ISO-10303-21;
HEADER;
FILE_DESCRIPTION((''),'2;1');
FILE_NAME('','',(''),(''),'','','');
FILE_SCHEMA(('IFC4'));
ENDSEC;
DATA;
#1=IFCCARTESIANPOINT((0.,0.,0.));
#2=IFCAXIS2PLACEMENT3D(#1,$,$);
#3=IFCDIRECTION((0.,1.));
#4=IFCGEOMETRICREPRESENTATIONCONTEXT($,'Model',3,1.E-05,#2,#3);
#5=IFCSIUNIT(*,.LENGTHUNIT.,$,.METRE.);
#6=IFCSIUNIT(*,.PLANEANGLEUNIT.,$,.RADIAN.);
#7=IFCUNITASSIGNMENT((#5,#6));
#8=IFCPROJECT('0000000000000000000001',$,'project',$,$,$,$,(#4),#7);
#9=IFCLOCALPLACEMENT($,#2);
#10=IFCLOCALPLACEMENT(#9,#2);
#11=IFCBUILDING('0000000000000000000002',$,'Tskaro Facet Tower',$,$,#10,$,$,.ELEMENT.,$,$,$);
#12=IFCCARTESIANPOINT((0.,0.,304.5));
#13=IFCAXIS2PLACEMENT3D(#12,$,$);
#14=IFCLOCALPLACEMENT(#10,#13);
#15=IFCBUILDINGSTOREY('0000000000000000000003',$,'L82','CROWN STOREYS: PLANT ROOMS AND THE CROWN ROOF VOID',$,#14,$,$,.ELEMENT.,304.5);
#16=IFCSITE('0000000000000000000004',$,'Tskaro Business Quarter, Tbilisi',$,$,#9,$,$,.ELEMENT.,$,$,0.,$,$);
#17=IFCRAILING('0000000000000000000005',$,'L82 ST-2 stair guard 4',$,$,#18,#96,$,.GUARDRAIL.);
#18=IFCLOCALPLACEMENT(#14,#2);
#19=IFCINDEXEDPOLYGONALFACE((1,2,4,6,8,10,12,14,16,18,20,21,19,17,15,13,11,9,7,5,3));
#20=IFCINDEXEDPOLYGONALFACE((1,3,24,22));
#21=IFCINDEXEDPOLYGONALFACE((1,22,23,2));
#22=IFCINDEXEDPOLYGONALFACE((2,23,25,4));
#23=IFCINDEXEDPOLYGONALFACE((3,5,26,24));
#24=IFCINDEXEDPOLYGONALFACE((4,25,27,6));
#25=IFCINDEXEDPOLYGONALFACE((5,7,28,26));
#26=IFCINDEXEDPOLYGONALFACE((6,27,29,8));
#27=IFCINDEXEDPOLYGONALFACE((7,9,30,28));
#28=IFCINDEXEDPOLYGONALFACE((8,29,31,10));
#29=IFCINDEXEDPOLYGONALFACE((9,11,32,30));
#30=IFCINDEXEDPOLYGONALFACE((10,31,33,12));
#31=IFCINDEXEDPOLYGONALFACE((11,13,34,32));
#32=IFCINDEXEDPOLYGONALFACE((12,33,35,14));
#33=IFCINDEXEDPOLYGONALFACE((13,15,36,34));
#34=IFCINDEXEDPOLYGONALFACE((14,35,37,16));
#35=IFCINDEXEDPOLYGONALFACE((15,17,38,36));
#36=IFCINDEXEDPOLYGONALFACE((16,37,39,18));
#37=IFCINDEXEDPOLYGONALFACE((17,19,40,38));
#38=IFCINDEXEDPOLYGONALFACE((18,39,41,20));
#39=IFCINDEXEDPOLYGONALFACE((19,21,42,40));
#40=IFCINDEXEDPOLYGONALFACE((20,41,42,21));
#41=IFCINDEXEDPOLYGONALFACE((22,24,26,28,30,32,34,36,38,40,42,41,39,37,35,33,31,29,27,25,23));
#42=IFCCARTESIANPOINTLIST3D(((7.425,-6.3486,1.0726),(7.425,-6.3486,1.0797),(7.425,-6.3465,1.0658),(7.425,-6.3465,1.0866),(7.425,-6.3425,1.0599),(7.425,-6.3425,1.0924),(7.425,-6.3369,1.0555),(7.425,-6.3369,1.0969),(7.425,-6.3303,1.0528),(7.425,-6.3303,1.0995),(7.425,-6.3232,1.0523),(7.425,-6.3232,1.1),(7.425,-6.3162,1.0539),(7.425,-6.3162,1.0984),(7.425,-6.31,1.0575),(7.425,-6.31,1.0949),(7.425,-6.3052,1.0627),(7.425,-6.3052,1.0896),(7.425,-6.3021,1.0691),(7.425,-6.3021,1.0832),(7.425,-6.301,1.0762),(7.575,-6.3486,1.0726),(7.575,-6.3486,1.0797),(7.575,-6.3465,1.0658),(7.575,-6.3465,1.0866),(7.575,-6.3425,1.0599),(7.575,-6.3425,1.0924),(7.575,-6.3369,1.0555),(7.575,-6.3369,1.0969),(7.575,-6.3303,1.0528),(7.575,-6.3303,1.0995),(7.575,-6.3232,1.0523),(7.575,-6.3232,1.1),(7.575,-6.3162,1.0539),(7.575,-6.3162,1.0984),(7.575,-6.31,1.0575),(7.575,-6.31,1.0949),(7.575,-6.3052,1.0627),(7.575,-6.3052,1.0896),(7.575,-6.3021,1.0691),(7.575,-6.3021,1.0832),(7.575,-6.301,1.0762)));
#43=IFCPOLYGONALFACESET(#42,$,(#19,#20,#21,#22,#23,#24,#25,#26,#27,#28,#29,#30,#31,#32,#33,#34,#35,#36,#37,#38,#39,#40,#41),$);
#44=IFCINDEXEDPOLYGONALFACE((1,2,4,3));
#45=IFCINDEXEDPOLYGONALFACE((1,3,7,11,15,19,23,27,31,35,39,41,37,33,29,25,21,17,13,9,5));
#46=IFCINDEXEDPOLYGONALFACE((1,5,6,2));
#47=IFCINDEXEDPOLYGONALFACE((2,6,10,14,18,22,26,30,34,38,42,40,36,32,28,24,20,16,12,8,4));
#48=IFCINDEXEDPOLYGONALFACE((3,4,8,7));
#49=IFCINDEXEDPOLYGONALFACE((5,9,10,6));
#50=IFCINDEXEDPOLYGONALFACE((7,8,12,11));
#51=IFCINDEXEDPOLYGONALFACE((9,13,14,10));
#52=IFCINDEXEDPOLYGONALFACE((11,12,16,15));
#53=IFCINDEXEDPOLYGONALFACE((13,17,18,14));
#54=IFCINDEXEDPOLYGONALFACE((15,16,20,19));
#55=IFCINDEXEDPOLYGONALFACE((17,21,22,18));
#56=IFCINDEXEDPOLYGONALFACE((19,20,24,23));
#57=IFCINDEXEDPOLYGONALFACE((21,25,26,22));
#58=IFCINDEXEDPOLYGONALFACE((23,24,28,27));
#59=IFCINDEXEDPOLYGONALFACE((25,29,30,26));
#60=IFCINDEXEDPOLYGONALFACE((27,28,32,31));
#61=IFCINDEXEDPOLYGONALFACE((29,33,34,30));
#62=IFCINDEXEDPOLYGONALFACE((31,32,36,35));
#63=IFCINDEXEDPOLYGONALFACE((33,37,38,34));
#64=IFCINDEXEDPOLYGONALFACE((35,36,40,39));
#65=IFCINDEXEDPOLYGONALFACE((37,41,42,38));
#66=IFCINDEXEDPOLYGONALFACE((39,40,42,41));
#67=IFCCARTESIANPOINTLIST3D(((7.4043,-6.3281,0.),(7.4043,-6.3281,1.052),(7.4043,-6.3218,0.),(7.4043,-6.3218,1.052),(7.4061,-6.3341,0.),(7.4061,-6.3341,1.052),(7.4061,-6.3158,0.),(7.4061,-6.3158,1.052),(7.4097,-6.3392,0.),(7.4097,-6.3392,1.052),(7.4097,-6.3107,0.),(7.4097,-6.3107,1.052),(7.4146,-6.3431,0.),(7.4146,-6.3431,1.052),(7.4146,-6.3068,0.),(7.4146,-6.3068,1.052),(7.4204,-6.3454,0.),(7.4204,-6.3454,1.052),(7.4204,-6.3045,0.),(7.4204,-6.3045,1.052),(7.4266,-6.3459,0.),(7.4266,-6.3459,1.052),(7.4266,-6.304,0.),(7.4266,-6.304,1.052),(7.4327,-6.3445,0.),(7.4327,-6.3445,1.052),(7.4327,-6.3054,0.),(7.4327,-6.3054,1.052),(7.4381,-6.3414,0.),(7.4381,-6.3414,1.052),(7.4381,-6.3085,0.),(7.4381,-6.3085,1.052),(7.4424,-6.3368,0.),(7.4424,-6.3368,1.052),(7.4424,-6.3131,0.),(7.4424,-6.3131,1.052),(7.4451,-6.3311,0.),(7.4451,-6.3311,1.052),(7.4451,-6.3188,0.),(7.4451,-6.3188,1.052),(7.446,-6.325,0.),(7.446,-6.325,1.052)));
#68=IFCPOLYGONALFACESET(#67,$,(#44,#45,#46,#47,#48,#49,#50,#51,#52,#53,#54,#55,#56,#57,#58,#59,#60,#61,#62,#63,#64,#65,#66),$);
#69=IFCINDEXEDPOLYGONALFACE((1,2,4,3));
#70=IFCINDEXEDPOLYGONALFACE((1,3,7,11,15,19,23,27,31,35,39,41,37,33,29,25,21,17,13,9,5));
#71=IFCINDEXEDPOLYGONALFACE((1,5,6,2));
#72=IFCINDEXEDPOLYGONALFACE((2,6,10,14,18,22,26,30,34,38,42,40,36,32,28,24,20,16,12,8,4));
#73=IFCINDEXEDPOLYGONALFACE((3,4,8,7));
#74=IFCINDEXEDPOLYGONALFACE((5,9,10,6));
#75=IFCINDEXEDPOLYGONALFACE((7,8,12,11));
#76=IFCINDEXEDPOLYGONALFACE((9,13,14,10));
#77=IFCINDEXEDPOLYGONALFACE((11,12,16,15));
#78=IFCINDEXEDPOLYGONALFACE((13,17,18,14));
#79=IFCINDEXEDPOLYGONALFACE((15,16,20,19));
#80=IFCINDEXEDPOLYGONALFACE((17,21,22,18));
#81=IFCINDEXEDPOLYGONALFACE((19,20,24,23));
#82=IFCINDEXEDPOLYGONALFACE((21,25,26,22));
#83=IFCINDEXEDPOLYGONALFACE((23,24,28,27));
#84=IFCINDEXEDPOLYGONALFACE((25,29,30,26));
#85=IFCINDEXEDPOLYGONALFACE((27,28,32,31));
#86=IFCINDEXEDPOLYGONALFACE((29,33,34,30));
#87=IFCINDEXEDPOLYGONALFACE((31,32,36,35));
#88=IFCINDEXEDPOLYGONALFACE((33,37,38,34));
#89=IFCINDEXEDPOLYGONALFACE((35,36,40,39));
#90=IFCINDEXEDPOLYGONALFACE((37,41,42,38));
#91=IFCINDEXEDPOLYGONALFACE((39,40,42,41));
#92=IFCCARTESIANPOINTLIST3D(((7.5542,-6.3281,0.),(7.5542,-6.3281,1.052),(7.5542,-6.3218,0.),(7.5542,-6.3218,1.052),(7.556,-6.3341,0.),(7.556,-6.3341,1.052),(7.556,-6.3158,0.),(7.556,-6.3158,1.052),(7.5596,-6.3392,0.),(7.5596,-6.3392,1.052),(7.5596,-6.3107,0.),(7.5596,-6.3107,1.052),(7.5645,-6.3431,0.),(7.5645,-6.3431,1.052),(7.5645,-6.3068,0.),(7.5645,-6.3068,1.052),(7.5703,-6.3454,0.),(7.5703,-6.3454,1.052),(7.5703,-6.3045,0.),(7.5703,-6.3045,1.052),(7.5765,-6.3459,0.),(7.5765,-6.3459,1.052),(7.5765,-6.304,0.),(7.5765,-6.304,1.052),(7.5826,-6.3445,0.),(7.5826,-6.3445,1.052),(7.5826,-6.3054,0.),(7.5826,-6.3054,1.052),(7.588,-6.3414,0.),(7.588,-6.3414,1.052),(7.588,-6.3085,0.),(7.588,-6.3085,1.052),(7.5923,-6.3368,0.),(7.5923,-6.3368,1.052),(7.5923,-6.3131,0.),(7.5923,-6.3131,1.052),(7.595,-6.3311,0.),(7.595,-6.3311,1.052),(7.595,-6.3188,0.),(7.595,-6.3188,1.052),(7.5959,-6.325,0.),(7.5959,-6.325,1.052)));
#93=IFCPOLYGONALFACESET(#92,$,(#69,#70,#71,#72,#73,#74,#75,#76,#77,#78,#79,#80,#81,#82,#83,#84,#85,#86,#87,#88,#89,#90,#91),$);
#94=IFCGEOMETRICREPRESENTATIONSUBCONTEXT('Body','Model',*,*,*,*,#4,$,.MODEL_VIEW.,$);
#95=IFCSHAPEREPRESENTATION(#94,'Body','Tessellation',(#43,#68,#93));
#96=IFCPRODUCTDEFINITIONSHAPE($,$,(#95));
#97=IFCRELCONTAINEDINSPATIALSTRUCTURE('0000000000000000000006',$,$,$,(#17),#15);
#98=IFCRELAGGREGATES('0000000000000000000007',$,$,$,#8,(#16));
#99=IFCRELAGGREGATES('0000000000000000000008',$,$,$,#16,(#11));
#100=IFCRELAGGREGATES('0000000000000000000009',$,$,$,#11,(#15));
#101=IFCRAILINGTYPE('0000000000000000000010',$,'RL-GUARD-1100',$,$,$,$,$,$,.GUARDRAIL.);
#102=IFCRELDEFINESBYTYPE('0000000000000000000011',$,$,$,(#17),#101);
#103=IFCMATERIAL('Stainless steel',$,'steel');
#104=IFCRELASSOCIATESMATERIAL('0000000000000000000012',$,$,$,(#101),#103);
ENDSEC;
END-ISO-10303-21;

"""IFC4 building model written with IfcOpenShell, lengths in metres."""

from ifc_helpers import new_model, si_unit, direction, frame, origin, origin_2d, place, context, subcontext, project, spatial, circle, extrude, material, type_object, element, save


model = new_model("IFC4")

# Units and contexts
model_context = context("Model", 3, precision=1e-05, world=origin(), true_north=direction((0.0, 1.0)))
body_context = subcontext(model_context, "Body", "Model", "MODEL_VIEW")
ifc_project = project(units=[si_unit("LENGTHUNIT", "METRE"), si_unit("PLANEANGLEUNIT", "RADIAN")], contexts=[model_context])

# Site, building, storey
site_placement = place(None, origin())
site = spatial("IfcSite", under=ifc_project, at=site_placement, Name="Tskaro Business Quarter, Tbilisi", CompositionType="ELEMENT", RefElevation=0.0)
building_placement = place(site_placement, origin())
building = spatial("IfcBuilding", under=site, at=building_placement, Name="Tskaro Facet Tower", CompositionType="ELEMENT")
storey_placement = place(building_placement, frame((0.0, 0.0, 304.5)))
storey = spatial("IfcBuildingStorey", under=building, at=storey_placement, Name="L82", Description="CROWN STOREYS: PLANT ROOMS AND THE CROWN ROOF VOID", CompositionType="ELEMENT", Elevation=304.5)

# Railing
ifc_material_1 = material(Name="Stainless steel", Category="steel")
railing_type_1 = type_object("IfcRailingType", Name="RL-GUARD-1100", PredefinedType="GUARDRAIL", material=ifc_material_1)
railing_1_placement = place(storey_placement, frame((7.425, -6.325, 0.0)))
element("IfcRailing", 1, at=railing_1_placement, inside=storey, type_object=railing_type_1, Name="L82 ST-2 stair guard 4", PredefinedType="GUARDRAIL", context=body_context, shape_type="SweptSolid", body=[
    extrude(circle(Radius=0.0239, at=origin_2d()), frame((0.0, 0.0, 1.0762), z_axis=(1.0, 0.0, 0.0), x_axis=(0.0, 1.0, 0.0)), (0.0, 0.0, 1.0), 0.1499),
    extrude(circle(Radius=0.021, at=origin_2d()), origin(), (0.0, 0.0, 1.0), 1.052),
    extrude(circle(Radius=0.021, at=origin_2d()), frame((0.1499, 0.0, 0.0)), (0.0, 0.0, 1.0), 1.052),
])

save(model, "model.ifc")
